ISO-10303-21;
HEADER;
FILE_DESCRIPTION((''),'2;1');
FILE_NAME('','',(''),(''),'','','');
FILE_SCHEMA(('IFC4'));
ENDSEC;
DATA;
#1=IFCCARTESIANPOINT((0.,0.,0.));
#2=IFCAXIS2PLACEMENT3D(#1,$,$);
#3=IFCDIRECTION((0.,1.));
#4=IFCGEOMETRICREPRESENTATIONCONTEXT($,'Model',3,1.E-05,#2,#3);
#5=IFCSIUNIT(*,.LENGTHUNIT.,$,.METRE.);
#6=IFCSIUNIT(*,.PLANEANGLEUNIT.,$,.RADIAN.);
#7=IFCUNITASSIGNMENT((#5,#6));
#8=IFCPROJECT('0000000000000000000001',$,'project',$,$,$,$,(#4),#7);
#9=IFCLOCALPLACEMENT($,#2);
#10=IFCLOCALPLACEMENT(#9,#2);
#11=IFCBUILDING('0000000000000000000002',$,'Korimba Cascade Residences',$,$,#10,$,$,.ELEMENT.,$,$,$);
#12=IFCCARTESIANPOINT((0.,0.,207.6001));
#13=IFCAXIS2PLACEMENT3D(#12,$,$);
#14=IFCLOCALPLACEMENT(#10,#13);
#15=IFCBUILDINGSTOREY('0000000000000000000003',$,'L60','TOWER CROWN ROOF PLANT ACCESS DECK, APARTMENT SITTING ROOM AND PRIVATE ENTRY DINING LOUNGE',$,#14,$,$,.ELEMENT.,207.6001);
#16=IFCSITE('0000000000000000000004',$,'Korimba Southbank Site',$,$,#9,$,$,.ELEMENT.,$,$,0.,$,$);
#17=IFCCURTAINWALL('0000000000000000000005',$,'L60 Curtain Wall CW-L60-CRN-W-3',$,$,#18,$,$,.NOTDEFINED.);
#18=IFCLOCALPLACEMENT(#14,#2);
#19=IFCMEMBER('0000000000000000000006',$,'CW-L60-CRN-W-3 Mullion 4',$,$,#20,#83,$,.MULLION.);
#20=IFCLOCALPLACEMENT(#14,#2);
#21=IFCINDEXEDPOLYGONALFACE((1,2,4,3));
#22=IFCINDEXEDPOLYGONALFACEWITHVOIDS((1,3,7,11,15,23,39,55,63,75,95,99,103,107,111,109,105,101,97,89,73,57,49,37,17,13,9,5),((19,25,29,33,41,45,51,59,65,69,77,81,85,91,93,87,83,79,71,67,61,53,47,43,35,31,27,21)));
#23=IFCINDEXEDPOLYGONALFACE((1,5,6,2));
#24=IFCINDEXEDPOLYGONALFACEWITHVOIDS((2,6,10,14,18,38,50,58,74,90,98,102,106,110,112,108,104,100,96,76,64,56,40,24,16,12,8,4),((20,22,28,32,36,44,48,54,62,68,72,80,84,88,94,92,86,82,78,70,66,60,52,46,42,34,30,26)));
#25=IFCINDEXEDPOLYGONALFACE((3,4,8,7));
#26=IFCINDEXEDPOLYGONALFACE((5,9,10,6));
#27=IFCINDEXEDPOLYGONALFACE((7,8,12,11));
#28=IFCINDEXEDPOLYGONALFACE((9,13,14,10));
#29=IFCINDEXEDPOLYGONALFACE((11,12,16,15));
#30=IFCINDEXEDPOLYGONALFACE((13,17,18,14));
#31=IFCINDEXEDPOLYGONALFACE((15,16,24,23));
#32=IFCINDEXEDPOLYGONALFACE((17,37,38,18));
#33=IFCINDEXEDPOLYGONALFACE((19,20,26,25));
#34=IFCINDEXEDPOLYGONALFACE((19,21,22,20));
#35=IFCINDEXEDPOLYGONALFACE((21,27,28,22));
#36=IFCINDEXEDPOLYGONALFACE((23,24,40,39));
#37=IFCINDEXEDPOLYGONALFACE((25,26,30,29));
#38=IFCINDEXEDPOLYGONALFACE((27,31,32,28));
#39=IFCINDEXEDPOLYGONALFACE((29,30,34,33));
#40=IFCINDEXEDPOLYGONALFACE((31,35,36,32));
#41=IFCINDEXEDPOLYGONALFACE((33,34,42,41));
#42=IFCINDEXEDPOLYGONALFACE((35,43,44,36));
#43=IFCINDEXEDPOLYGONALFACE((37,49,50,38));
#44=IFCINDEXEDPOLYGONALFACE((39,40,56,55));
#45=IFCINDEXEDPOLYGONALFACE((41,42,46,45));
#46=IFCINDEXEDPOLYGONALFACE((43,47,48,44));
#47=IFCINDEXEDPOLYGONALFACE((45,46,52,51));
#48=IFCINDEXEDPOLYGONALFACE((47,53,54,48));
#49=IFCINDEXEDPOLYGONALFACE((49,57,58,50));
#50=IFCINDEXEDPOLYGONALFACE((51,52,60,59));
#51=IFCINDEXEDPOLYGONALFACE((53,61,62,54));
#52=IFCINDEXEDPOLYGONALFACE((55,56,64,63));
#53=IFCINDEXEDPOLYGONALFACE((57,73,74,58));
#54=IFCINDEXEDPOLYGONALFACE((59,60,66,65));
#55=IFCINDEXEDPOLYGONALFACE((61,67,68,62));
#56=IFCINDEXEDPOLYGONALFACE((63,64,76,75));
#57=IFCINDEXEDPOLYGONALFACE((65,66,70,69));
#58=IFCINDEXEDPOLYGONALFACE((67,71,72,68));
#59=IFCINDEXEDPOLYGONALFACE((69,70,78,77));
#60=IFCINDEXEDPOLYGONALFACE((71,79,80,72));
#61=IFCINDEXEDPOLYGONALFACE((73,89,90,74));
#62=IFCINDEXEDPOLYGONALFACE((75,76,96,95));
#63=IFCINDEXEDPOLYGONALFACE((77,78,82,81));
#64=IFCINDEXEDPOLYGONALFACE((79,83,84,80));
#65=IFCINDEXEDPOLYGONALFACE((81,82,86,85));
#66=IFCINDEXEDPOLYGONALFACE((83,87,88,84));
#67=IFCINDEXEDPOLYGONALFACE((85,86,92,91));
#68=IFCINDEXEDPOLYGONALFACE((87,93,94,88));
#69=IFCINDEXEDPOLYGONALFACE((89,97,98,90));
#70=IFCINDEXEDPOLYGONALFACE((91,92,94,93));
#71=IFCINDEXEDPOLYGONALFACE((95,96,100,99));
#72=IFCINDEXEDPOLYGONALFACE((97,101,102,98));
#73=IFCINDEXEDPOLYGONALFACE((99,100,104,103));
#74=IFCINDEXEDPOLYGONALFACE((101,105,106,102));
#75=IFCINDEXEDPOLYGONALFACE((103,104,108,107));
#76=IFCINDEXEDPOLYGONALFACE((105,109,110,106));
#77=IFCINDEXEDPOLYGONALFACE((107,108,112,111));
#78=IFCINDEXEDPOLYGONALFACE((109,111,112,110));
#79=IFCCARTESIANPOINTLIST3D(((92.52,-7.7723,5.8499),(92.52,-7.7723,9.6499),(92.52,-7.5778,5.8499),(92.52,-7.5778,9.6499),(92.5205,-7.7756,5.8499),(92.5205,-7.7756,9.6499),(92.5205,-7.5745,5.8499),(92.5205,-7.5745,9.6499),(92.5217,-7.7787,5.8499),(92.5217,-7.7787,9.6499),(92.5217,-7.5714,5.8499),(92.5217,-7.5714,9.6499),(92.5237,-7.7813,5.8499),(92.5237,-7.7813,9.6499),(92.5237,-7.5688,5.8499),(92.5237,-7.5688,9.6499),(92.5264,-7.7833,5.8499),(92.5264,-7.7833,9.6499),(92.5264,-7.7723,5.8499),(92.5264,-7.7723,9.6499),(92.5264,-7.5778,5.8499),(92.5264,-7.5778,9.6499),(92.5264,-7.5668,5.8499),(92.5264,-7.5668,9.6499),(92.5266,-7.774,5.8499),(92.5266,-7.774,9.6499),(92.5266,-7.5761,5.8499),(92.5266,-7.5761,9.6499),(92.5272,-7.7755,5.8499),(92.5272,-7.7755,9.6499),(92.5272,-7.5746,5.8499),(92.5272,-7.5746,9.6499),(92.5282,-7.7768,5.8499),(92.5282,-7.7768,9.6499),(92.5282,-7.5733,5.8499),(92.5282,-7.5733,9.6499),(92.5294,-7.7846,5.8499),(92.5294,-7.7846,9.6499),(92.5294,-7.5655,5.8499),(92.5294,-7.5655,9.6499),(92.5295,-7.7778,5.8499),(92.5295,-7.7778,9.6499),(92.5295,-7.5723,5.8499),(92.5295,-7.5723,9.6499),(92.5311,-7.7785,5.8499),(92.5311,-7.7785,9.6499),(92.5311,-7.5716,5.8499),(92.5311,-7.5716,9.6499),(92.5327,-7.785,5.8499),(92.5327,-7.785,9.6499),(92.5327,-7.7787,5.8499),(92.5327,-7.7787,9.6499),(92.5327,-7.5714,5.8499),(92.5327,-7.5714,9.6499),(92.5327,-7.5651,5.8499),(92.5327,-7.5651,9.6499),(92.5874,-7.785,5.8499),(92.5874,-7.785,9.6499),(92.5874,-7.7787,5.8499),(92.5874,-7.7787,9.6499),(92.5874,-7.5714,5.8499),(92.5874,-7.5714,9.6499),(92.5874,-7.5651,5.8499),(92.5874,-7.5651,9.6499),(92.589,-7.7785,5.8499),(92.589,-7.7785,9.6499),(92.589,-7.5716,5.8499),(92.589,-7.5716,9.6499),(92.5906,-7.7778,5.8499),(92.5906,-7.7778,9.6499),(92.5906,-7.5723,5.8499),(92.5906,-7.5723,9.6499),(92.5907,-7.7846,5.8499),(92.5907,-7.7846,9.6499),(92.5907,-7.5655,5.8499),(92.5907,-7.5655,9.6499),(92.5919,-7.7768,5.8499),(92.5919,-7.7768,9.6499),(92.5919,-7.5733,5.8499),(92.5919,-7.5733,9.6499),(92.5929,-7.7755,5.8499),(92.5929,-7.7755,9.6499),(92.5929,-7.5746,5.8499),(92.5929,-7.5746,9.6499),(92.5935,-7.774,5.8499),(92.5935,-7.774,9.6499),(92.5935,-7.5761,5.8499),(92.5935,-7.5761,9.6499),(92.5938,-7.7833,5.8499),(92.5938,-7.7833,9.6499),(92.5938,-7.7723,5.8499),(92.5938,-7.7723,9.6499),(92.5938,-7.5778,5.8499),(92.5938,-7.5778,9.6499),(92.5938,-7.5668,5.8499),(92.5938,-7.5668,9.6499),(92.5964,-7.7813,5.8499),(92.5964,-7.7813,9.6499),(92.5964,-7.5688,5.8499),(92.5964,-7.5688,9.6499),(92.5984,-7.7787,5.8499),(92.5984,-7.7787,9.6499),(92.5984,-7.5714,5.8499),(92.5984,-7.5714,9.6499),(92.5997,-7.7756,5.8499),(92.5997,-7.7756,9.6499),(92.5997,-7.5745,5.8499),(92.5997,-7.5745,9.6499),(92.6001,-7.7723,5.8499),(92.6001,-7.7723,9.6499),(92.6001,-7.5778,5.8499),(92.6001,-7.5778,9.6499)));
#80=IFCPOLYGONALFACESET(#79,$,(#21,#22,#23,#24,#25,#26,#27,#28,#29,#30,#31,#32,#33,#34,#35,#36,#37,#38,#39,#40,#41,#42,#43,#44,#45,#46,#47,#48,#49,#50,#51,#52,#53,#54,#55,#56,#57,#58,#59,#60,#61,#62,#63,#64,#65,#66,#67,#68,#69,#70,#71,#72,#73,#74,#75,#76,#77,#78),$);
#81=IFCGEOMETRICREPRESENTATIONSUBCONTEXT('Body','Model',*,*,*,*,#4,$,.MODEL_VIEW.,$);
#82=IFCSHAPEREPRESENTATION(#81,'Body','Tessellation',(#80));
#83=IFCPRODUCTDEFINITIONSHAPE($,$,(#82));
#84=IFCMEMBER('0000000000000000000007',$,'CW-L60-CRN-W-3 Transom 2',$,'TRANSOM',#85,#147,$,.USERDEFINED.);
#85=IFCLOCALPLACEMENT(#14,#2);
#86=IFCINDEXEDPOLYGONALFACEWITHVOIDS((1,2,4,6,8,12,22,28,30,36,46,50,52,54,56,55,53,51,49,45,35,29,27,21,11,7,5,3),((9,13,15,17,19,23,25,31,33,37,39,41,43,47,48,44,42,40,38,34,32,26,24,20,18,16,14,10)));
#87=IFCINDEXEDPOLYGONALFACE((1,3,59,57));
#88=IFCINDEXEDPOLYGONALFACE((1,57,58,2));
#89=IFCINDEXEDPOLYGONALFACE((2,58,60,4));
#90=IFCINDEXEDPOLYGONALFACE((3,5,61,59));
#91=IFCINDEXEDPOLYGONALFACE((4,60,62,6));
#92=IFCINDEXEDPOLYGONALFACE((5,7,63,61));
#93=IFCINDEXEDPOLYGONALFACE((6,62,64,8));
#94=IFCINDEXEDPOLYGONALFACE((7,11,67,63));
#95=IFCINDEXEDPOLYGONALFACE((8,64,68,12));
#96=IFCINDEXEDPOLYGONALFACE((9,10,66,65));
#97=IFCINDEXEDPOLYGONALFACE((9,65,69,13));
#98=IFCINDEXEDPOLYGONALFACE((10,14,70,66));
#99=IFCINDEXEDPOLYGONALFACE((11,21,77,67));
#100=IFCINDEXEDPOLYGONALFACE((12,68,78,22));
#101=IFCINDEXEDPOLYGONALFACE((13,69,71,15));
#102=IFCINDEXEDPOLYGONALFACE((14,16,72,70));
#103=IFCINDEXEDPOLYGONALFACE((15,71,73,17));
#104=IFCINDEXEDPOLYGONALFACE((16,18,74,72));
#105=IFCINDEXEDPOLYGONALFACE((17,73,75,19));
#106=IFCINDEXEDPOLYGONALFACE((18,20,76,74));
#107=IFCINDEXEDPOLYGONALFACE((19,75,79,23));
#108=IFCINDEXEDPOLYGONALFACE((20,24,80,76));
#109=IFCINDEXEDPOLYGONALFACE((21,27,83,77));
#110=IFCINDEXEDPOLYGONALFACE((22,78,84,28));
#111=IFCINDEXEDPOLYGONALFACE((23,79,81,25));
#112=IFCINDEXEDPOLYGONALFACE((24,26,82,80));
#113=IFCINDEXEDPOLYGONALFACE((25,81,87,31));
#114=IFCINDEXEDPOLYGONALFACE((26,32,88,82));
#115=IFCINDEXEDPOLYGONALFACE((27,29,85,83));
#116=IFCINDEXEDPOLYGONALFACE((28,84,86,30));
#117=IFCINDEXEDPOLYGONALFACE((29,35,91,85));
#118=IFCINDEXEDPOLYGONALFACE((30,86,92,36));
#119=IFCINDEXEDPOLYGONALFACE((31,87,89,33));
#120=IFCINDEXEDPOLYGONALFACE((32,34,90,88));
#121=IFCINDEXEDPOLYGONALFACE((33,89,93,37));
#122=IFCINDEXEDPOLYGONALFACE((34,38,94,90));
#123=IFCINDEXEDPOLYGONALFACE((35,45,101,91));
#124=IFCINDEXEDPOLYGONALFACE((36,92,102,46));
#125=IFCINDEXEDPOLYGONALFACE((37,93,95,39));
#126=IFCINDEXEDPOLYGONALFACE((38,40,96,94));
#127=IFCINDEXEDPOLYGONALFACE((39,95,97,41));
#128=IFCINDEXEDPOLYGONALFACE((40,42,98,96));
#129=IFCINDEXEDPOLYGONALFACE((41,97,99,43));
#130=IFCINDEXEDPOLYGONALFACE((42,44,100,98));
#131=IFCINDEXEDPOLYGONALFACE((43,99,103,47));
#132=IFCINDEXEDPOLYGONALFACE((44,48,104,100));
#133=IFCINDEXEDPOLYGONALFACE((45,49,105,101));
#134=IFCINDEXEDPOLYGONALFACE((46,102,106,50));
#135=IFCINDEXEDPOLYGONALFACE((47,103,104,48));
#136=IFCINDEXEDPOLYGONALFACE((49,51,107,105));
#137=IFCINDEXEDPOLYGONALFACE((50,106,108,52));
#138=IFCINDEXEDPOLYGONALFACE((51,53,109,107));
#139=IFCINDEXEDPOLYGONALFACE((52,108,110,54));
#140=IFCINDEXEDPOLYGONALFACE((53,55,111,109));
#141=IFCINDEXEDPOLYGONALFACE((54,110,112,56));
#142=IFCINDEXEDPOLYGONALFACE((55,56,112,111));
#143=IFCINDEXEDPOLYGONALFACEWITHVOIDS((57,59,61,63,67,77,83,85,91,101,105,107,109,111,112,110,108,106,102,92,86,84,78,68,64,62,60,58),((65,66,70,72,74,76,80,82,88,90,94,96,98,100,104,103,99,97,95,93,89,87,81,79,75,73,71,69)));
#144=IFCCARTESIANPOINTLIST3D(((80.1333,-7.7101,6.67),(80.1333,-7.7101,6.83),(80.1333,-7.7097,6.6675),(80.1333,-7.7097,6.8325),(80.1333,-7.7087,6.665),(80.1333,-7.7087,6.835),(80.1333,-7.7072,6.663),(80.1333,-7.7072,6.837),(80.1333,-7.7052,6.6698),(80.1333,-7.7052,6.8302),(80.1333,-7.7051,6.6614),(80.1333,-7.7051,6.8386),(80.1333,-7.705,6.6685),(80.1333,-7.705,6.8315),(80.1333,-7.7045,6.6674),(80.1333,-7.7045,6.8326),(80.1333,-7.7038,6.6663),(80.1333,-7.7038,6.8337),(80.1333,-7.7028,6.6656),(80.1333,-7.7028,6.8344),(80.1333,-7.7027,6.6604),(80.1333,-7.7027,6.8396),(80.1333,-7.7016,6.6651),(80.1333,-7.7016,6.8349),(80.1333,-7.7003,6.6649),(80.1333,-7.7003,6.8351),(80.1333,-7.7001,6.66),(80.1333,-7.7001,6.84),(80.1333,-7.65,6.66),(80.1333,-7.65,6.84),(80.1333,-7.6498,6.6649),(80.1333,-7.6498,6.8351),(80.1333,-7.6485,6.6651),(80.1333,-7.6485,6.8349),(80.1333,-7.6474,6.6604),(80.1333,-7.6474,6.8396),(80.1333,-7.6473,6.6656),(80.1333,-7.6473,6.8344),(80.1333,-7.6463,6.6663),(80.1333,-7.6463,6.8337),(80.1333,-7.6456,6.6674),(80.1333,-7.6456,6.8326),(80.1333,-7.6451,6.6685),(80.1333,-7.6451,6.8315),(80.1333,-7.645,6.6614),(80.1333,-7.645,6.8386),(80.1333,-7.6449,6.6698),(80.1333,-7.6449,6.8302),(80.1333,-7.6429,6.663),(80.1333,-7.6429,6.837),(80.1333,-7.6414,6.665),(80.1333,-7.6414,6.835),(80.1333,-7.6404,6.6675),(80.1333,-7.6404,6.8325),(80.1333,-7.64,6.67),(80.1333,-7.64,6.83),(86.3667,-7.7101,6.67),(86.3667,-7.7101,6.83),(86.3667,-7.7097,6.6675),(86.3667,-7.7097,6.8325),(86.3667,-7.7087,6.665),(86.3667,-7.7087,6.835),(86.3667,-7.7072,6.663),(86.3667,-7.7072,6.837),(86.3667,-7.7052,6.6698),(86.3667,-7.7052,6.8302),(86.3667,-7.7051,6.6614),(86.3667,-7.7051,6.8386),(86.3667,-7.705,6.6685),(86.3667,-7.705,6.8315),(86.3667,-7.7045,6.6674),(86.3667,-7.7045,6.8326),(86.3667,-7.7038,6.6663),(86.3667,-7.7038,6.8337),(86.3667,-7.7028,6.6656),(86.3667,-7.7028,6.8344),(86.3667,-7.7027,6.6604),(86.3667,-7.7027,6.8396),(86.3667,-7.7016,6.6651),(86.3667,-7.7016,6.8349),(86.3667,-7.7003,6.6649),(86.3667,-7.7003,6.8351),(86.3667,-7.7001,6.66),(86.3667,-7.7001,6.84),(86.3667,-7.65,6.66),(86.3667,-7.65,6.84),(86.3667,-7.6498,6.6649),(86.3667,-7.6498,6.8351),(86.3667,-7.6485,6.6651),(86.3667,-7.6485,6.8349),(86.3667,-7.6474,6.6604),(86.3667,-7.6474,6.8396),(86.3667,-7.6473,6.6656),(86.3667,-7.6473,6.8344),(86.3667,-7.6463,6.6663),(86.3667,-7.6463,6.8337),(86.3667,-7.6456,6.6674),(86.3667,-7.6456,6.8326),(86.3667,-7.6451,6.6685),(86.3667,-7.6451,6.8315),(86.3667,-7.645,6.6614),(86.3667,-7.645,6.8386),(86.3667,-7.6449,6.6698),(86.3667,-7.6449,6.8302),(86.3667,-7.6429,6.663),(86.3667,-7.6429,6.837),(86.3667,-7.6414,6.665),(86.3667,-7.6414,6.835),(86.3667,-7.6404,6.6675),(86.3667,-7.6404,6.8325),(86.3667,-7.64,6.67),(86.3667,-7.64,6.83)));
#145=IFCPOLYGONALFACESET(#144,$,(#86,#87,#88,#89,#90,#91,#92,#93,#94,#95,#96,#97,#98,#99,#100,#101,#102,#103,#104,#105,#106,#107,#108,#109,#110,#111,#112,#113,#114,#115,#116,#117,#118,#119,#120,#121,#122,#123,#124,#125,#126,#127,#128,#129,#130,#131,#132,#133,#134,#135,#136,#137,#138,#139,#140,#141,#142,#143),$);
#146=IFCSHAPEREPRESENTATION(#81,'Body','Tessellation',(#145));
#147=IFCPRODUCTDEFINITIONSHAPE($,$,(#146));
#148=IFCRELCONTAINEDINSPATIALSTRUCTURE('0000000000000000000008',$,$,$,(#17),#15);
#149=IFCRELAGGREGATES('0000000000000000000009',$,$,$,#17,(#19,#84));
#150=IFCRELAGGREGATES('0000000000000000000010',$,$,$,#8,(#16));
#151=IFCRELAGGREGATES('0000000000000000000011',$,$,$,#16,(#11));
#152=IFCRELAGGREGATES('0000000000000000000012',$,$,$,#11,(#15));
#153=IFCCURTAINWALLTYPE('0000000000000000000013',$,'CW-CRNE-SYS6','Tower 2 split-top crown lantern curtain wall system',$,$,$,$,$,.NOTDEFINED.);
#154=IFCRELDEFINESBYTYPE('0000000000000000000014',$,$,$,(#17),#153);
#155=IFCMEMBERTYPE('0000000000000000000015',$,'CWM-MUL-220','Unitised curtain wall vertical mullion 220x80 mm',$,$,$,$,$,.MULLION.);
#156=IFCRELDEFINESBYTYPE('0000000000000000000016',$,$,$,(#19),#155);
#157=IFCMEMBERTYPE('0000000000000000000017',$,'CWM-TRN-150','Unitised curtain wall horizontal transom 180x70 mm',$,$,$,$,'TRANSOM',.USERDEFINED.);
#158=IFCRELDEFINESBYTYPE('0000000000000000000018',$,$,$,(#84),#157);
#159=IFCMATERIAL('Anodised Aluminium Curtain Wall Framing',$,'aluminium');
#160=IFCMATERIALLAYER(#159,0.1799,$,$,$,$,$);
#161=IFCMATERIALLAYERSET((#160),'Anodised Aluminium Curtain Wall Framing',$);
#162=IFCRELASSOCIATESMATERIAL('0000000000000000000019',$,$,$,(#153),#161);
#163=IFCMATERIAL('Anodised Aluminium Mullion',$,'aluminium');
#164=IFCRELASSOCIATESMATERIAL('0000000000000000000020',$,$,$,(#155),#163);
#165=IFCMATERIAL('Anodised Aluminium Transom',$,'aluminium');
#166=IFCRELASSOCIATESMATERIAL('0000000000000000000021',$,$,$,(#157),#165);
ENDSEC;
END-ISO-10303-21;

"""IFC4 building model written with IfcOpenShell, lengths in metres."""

from ifc_helpers import new_model, si_unit, direction, frame, origin, origin_2d, place, context, subcontext, project, spatial, hollow_rectangle, extrude, material, layer, layer_set, material_profile, profile_set, type_object, element, aggregate, save


model = new_model("IFC4")

# Units and contexts
model_context = context("Model", 3, precision=1e-05, world=origin(), true_north=direction((0.0, 1.0)))
body_context = subcontext(model_context, "Body", "Model", "MODEL_VIEW")
ifc_project = project(units=[si_unit("LENGTHUNIT", "METRE"), si_unit("PLANEANGLEUNIT", "RADIAN")], contexts=[model_context])

# Site, building, storey
site_placement = place(None, origin())
site = spatial("IfcSite", under=ifc_project, at=site_placement, Name="Korimba Southbank Site", CompositionType="ELEMENT", RefElevation=0.0)
building_placement = place(site_placement, origin())
building = spatial("IfcBuilding", under=site, at=building_placement, Name="Korimba Cascade Residences", CompositionType="ELEMENT")
storey_placement = place(building_placement, frame((0.0, 0.0, 207.6001)))
storey = spatial("IfcBuildingStorey", under=building, at=storey_placement, Name="L60", Description="TOWER CROWN ROOF PLANT ACCESS DECK, APARTMENT SITTING ROOM AND PRIVATE ENTRY DINING LOUNGE", CompositionType="ELEMENT", Elevation=207.6001)

# Curtain wall, members
ifc_material_1 = material(Name="Anodised Aluminium Curtain Wall Framing", Category="aluminium")
ifc_layer_1 = layer(ifc_material_1, 0.1799)
ifc_layer_set_1 = layer_set([ifc_layer_1], Name="Anodised Aluminium Curtain Wall Framing")
curtain_wall_type = type_object("IfcCurtainWallType", Name="CW-CRNE-SYS6", Description="Tower 2 split-top crown lantern curtain wall system", PredefinedType="NOTDEFINED", material=ifc_layer_set_1)
curtain_wall_placement = place(storey_placement, origin())
curtain_wall = element("IfcCurtainWall", 1, at=curtain_wall_placement, inside=storey, type_object=curtain_wall_type, Name="L60 Curtain Wall CW-L60-CRN-W-3", PredefinedType="NOTDEFINED")
ifc_material_2 = material(Name="Anodised Aluminium Mullion", Category="aluminium")
ifc_material_profile_1 = material_profile(ifc_material_2, hollow_rectangle(XDim=0.0801, YDim=0.22, WallThickness=0.0063, InnerFilletRadius=0.0063, OuterFilletRadius=0.0127, at=origin_2d()), Name="Anodised Aluminium Mullion")
ifc_profile_set_1 = profile_set([ifc_material_profile_1], Name="Anodised Aluminium Mullion")
member_type_1 = type_object("IfcMemberType", Name="CWM-MUL-220", Description="Unitised curtain wall vertical mullion 220x80 mm", PredefinedType="MULLION", material=ifc_profile_set_1)
member_1_placement = place(storey_placement, frame((92.5601, -7.675, 5.8499), z_axis=(0.0, 0.0, 1.0), x_axis=(1.0, 0.0, 0.0)))
member_1 = element("IfcMember", 2, at=member_1_placement, type_object=member_type_1, Name="CW-L60-CRN-W-3 Mullion 4", PredefinedType="MULLION", context=body_context, shape_type="SweptSolid", body=[
    extrude(hollow_rectangle(XDim=0.0801, YDim=0.22, WallThickness=0.0063, InnerFilletRadius=0.0063, OuterFilletRadius=0.0127, at=origin_2d()), origin(), (0.0, 0.0, 1.0), 3.8),
])
ifc_material_3 = material(Name="Anodised Aluminium Transom", Category="aluminium")
ifc_material_profile_2 = material_profile(ifc_material_3, hollow_rectangle(XDim=0.0701, YDim=0.1799, WallThickness=0.0049, InnerFilletRadius=0.0049, OuterFilletRadius=0.01, at=origin_2d()), Name="Anodised Aluminium Transom")
ifc_profile_set_2 = profile_set([ifc_material_profile_2], Name="Anodised Aluminium Transom")
member_type_2 = type_object("IfcMemberType", Name="CWM-TRN-150", Description="Unitised curtain wall horizontal transom 180x70 mm", ElementType="TRANSOM", PredefinedType="USERDEFINED", material=ifc_profile_set_2)
member_2_placement = place(storey_placement, frame((80.1333, -7.675, 6.75), z_axis=(1.0, 0.0, 0.0), x_axis=(0.0, 1.0, 0.0)))
member_2 = element("IfcMember", 3, at=member_2_placement, type_object=member_type_2, Name="CW-L60-CRN-W-3 Transom 2", ObjectType="TRANSOM", PredefinedType="USERDEFINED", context=body_context, shape_type="SweptSolid", body=[
    extrude(hollow_rectangle(XDim=0.0701, YDim=0.1799, WallThickness=0.0049, InnerFilletRadius=0.0049, OuterFilletRadius=0.01, at=origin_2d()), origin(), (0.0, 0.0, 1.0), 6.2334),
])

aggregate(curtain_wall, [member_1, member_2])

save(model, "model.ifc")
